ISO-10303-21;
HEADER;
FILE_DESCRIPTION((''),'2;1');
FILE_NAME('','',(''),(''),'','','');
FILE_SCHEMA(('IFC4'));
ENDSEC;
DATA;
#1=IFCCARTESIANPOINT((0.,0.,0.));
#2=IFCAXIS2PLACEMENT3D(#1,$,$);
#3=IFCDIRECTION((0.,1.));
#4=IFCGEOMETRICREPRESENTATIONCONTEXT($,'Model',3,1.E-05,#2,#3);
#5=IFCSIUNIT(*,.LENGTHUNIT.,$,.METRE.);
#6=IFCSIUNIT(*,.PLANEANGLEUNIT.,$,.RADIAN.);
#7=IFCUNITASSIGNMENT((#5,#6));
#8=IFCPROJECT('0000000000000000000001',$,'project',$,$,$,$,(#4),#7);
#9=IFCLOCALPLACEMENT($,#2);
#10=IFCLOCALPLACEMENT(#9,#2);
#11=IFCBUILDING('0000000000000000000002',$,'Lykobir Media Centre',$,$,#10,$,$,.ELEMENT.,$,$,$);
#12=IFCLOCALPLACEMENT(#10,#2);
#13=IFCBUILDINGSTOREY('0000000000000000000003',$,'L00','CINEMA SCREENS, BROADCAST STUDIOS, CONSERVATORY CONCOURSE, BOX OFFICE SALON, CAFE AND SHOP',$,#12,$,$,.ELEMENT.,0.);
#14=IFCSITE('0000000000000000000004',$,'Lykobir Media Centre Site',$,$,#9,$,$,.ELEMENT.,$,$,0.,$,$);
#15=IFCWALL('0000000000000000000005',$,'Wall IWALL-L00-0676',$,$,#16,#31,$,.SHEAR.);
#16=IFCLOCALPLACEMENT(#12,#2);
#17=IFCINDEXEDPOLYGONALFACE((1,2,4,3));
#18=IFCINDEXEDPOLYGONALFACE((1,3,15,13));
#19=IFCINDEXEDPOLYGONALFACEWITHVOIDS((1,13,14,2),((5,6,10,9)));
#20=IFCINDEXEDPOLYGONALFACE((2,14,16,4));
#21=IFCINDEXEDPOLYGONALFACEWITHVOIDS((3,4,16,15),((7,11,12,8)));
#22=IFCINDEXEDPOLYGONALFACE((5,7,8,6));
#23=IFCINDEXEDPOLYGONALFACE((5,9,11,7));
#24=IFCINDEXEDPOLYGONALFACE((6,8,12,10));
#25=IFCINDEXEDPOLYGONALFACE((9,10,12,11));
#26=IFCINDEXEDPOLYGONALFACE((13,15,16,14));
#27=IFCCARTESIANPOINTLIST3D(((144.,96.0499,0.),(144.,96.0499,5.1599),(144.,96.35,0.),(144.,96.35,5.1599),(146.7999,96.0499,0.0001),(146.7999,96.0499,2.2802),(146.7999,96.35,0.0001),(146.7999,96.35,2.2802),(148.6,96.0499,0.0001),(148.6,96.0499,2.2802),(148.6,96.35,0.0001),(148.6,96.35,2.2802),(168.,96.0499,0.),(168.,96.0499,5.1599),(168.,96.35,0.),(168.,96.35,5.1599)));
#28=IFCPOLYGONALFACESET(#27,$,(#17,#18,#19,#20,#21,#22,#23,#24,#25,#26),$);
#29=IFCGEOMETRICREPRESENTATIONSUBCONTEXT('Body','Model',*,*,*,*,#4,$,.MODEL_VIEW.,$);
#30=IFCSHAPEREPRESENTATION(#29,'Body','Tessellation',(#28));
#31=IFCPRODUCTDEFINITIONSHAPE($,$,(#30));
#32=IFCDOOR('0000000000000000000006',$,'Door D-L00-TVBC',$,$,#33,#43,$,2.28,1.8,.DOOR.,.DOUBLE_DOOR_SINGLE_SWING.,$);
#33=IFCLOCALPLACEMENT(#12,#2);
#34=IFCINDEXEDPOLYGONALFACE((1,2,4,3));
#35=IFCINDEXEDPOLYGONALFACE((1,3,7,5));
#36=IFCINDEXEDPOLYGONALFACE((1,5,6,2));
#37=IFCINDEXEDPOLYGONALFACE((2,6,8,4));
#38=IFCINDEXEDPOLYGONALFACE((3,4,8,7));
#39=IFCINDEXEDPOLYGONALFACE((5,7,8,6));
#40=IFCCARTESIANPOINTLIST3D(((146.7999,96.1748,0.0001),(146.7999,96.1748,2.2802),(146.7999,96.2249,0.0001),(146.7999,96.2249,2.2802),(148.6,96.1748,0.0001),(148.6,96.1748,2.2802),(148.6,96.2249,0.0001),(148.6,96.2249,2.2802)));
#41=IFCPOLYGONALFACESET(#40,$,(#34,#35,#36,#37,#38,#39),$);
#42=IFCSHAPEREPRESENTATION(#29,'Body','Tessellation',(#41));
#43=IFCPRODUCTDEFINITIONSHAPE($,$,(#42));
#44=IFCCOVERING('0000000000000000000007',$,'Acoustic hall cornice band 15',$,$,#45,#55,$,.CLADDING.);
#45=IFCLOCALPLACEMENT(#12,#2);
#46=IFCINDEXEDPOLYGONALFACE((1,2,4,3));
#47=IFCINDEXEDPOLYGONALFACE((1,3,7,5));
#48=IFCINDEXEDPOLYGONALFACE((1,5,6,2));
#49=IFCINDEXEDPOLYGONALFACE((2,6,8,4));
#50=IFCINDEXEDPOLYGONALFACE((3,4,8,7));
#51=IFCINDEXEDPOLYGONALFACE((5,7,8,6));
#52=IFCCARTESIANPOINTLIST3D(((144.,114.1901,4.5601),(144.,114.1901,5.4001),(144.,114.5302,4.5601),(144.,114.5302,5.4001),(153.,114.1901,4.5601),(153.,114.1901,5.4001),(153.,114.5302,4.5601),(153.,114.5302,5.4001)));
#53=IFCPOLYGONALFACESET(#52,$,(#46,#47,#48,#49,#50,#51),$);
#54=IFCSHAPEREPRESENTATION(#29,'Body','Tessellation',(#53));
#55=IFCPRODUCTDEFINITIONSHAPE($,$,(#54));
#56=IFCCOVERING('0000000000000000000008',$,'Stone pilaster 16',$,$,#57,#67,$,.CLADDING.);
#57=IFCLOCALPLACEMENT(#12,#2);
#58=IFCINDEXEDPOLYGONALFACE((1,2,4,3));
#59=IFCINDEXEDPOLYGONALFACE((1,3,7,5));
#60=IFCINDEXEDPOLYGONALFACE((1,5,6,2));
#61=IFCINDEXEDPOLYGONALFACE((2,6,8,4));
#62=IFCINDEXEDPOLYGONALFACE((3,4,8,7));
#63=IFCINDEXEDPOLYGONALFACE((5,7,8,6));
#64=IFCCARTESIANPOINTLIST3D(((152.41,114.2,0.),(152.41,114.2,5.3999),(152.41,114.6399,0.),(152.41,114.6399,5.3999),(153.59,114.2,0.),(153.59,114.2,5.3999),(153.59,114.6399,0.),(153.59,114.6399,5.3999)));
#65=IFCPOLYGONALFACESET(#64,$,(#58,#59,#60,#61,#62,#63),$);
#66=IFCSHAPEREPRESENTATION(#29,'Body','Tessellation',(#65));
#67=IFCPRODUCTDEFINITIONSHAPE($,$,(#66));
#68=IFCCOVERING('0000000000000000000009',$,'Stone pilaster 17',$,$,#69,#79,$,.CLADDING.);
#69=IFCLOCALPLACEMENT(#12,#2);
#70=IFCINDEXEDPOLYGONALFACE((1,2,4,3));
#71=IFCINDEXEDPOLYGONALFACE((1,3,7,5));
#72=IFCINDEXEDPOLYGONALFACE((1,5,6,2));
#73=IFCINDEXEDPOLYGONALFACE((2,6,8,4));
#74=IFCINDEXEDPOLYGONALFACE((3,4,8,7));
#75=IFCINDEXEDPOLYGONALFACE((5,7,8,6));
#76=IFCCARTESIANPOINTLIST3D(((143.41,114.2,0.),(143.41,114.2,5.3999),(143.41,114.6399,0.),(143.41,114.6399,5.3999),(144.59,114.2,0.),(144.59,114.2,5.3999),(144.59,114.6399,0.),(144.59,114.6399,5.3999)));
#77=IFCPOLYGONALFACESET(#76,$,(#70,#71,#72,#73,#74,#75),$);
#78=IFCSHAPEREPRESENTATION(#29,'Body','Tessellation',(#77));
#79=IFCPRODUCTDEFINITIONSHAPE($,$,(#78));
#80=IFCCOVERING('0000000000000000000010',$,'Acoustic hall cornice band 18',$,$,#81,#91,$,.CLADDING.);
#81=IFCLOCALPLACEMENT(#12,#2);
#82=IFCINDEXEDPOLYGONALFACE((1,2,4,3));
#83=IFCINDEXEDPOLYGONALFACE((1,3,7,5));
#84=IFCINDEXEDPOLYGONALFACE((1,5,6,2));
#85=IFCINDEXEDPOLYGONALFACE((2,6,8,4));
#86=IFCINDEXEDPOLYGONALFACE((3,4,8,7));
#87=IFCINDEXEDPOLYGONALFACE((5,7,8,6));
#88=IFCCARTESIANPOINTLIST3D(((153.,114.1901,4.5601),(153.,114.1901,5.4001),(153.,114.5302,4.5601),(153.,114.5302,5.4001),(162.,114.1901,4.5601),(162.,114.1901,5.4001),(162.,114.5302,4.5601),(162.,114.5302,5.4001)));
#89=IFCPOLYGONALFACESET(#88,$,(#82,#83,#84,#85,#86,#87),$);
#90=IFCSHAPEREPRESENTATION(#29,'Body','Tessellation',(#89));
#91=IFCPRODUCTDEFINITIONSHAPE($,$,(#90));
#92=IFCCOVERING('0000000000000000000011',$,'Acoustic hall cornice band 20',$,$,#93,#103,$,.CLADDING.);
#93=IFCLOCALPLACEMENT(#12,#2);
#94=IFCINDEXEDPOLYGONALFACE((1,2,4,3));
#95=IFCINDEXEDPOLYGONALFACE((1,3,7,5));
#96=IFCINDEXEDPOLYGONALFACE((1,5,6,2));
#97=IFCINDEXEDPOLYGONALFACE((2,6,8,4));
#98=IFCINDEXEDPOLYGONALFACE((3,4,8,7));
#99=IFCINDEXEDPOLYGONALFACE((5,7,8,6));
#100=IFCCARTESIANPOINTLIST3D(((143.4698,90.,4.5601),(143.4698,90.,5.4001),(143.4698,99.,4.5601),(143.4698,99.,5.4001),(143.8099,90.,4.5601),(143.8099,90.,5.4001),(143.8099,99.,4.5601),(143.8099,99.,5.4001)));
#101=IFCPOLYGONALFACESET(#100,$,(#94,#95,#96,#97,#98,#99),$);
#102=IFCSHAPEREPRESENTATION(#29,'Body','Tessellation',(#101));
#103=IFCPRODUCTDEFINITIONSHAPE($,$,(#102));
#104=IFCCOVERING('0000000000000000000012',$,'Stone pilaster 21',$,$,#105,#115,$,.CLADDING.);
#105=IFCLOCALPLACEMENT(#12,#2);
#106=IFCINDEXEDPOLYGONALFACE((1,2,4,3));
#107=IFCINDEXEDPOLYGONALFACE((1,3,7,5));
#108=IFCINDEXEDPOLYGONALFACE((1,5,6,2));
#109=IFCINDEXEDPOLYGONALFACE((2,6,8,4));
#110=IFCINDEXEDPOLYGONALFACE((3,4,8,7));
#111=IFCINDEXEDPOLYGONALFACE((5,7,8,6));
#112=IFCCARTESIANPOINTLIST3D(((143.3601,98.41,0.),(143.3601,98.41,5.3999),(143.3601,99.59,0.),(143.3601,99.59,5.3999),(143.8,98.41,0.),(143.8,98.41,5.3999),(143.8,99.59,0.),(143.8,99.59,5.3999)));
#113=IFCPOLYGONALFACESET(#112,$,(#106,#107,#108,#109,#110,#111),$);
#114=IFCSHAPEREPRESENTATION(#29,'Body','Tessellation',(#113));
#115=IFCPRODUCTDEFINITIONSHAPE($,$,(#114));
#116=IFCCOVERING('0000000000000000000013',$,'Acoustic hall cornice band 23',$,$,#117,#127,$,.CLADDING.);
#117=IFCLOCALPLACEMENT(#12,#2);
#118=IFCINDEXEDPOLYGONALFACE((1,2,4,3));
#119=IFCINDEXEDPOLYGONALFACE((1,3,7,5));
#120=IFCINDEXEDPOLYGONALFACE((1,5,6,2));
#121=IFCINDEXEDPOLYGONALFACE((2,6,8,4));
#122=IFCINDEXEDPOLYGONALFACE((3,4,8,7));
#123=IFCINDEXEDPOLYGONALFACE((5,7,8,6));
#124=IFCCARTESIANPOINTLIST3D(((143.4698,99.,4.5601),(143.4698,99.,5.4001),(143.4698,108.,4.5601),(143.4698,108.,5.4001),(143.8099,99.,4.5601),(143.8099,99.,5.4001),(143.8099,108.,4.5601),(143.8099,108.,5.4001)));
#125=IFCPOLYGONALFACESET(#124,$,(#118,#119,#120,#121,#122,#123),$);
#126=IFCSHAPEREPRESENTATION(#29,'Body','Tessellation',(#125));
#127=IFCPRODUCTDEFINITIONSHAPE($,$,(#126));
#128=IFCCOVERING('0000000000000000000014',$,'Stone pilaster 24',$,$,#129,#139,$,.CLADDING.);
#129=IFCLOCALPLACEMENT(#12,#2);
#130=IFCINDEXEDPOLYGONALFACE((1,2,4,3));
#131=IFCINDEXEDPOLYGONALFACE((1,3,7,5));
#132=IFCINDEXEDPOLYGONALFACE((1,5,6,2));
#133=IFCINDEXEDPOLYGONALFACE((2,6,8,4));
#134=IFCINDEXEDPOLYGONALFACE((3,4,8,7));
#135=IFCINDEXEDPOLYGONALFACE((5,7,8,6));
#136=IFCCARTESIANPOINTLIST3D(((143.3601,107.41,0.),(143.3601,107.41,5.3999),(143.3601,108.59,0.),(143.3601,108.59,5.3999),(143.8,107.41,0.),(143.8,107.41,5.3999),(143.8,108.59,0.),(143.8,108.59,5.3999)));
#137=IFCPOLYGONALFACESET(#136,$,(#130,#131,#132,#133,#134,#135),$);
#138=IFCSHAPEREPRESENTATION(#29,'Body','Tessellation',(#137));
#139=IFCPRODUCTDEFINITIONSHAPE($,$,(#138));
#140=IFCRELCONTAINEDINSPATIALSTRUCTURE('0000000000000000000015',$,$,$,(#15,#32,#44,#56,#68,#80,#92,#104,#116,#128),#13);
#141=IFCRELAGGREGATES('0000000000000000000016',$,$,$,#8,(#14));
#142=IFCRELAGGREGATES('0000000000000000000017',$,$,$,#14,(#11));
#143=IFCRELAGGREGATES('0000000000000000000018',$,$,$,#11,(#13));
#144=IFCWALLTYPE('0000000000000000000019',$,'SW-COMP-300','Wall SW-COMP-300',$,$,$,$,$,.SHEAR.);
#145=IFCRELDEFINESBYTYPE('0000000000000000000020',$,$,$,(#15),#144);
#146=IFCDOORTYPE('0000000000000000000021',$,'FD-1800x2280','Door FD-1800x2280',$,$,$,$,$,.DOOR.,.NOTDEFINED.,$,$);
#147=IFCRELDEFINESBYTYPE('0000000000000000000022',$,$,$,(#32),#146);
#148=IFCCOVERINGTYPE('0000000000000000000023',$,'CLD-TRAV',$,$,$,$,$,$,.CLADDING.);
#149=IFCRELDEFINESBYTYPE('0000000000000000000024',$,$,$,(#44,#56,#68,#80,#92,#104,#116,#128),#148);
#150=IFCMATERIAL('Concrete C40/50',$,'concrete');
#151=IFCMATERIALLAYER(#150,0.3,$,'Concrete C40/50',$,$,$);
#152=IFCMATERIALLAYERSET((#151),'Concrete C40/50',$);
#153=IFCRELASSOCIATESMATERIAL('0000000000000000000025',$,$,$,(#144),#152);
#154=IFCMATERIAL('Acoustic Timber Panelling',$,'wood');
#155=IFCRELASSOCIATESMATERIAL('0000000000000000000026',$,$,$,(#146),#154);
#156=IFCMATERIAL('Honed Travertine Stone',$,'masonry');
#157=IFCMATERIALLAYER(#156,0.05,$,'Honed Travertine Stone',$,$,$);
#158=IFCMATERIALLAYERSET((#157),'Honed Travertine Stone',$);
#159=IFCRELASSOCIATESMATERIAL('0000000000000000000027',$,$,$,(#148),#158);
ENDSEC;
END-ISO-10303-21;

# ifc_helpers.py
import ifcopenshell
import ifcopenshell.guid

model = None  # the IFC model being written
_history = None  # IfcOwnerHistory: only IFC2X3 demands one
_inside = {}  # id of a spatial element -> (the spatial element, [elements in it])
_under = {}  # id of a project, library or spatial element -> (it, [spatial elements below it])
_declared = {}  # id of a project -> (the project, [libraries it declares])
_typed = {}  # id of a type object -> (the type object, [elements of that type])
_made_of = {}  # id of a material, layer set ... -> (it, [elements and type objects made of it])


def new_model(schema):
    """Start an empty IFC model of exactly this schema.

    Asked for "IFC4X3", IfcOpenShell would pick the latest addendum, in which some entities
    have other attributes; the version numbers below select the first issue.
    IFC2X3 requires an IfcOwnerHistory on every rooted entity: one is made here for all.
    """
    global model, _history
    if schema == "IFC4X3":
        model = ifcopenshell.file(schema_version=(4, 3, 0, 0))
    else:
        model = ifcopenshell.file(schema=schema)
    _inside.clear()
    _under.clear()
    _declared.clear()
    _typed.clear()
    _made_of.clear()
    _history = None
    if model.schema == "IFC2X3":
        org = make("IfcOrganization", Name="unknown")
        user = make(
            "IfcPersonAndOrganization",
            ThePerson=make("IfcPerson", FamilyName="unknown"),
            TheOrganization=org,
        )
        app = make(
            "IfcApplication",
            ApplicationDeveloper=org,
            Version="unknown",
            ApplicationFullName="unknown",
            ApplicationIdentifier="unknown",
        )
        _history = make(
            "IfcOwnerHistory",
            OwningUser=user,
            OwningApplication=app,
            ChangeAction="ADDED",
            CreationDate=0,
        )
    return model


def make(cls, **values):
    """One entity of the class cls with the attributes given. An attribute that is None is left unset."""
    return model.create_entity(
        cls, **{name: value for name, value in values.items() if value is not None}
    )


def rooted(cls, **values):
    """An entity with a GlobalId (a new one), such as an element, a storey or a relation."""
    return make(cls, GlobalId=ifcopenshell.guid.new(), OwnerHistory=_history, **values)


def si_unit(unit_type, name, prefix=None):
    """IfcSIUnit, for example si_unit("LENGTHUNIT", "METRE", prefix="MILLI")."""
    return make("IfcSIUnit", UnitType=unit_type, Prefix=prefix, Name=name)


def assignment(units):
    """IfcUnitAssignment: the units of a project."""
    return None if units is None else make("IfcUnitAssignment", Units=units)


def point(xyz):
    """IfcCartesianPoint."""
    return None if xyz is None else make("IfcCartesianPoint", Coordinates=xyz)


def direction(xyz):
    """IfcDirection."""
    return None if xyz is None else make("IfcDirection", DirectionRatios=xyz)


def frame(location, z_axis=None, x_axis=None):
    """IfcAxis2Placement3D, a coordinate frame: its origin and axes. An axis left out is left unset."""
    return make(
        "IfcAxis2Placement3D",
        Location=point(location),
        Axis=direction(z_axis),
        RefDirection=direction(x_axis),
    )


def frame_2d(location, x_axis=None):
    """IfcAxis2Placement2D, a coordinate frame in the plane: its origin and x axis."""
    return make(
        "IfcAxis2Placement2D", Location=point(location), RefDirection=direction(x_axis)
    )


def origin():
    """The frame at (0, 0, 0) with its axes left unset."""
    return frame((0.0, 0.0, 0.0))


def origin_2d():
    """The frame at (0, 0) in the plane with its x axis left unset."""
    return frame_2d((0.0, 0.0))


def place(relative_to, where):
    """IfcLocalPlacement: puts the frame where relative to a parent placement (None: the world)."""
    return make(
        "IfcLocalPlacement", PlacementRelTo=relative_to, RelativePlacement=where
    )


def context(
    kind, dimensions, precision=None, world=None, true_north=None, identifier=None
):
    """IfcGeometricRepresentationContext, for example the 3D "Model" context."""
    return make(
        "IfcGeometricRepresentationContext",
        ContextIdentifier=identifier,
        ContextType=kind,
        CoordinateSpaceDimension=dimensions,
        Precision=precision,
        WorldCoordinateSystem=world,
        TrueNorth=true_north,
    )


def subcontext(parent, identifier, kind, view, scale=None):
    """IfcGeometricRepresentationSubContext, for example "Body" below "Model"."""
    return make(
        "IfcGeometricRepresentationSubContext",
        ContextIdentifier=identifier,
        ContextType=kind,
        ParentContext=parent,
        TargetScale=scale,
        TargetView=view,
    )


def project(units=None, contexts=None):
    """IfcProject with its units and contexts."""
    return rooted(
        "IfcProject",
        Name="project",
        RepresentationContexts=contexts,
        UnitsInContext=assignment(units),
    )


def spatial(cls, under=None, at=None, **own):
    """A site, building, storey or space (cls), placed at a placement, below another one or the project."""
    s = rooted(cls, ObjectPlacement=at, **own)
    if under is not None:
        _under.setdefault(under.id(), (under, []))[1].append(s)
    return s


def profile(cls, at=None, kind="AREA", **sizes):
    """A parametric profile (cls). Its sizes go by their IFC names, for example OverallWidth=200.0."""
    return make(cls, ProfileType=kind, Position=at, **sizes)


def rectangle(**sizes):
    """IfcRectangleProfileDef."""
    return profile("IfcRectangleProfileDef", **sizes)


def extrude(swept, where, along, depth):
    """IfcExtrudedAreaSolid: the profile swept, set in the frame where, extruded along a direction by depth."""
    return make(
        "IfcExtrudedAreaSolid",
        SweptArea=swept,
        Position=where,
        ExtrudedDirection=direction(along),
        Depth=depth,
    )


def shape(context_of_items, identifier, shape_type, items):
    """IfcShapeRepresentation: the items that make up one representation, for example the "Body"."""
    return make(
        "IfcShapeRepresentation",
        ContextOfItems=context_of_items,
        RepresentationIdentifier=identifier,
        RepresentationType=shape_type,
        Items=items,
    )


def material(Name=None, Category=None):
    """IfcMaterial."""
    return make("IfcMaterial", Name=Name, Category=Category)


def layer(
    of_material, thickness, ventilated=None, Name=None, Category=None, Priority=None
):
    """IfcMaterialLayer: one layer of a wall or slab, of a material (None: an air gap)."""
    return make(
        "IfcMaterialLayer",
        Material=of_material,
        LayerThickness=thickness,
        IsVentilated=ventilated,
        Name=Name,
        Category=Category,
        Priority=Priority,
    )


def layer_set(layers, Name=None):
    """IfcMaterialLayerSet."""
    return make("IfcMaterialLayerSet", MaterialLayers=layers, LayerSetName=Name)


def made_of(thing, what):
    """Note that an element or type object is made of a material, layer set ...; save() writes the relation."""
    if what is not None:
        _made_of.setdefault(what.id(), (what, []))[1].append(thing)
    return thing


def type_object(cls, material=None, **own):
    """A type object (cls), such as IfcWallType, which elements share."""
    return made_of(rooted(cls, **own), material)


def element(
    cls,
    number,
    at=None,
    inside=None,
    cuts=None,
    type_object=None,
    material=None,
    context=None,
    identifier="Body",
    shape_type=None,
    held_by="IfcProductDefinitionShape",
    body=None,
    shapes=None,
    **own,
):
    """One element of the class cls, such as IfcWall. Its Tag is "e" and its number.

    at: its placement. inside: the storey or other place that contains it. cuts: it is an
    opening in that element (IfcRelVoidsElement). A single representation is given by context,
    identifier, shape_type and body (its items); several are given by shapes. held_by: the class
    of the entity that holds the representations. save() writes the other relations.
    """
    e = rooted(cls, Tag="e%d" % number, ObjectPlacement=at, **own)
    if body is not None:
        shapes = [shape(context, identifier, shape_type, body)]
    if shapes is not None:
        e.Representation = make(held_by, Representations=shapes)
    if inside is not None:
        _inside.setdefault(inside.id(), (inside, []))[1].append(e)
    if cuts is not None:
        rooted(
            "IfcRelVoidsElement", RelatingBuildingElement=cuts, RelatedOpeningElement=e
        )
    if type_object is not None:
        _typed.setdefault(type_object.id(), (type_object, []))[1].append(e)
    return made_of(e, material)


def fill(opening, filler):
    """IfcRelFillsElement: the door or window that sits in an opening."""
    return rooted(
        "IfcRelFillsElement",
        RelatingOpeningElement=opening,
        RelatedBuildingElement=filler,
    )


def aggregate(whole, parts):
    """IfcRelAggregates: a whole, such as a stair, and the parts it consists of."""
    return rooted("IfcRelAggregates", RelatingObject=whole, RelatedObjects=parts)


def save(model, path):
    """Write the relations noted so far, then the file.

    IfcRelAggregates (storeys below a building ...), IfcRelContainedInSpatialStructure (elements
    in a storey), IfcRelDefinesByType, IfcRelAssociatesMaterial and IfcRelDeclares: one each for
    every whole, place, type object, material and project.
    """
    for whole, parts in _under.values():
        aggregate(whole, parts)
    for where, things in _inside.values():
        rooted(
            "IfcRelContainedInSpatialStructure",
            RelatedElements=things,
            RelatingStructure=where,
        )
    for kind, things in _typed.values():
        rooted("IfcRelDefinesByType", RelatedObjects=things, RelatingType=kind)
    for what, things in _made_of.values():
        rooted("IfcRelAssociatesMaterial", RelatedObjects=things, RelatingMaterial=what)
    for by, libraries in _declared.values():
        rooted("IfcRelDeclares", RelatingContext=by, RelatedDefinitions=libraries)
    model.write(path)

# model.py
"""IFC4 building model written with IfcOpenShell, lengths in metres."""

from ifc_helpers import new_model, si_unit, direction, frame, frame_2d, origin, origin_2d, place, context, subcontext, project, spatial, rectangle, extrude, material, layer, layer_set, type_object, element, fill, save


model = new_model("IFC4")

# Units and contexts
model_context = context("Model", 3, precision=1e-05, world=origin(), true_north=direction((0.0, 1.0)))
body_context = subcontext(model_context, "Body", "Model", "MODEL_VIEW")
ifc_project = project(units=[si_unit("LENGTHUNIT", "METRE"), si_unit("PLANEANGLEUNIT", "RADIAN")], contexts=[model_context])

# Site, building, storey
site_placement = place(None, origin())
site = spatial("IfcSite", under=ifc_project, at=site_placement, Name="Lykobir Media Centre Site", CompositionType="ELEMENT", RefElevation=0.0)
building_placement = place(site_placement, origin())
building = spatial("IfcBuilding", under=site, at=building_placement, Name="Lykobir Media Centre", CompositionType="ELEMENT")
storey_placement = place(building_placement, origin())
storey = spatial("IfcBuildingStorey", under=building, at=storey_placement, Name="L00", Description="CINEMA SCREENS, BROADCAST STUDIOS, CONSERVATORY CONCOURSE, BOX OFFICE SALON, CAFE AND SHOP", CompositionType="ELEMENT", Elevation=0.0)

# Shared definitions
ifc_material_1 = material(Name="Concrete C40/50", Category="concrete")

# Wall, opening, door
ifc_layer_1 = layer(ifc_material_1, 0.3, Name="Concrete C40/50")
ifc_layer_set_1 = layer_set([ifc_layer_1], Name="Concrete C40/50")
wall_type_1 = type_object("IfcWallType", Name="SW-COMP-300", Description="Wall SW-COMP-300", PredefinedType="SHEAR", material=ifc_layer_set_1)
wall_1_placement = place(storey_placement, frame((144.0, 96.2, 0.0), z_axis=(0.0, 0.0, 1.0), x_axis=(1.0, 0.0, 0.0)))
wall_1 = element("IfcWall", 1, at=wall_1_placement, inside=storey, type_object=wall_type_1, Name="Wall IWALL-L00-0676", PredefinedType="SHEAR", context=body_context, shape_type="SweptSolid", body=[
    extrude(rectangle(XDim=24.0, YDim=0.3, at=frame_2d((12.0, 0.0))), origin(), (0.0, 0.0, 1.0), 5.1599),
])
opening_1_placement = place(wall_1_placement, frame((2.8, 0.0, 0.0)))
opening_1 = element("IfcOpeningElement", 2, at=opening_1_placement, cuts=wall_1, PredefinedType="OPENING", context=body_context, shape_type="SweptSolid", body=[
    extrude(rectangle(XDim=1.8, YDim=2.28, at=frame_2d((0.8999, 1.1401))), frame((0.0, 0.1599, 0.0), z_axis=(0.0, -1.0, 0.0), x_axis=(1.0, 0.0, 0.0)), (0.0, 0.0, 1.0), 0.3201),
])
ifc_material_2 = material(Name="Acoustic Timber Panelling", Category="wood")
door_type_1 = type_object("IfcDoorType", Name="FD-1800x2280", Description="Door FD-1800x2280", OperationType="NOTDEFINED", PredefinedType="DOOR", material=ifc_material_2)
door_1_placement = place(opening_1_placement, origin())
door_1 = element("IfcDoor", 3, at=door_1_placement, inside=storey, type_object=door_type_1, Name="Door D-L00-TVBC", OperationType="DOUBLE_DOOR_SINGLE_SWING", OverallHeight=2.28, OverallWidth=1.8, PredefinedType="DOOR", context=body_context, shape_type="SweptSolid", body=[
    extrude(rectangle(XDim=1.8, YDim=2.28, at=frame_2d((0.8999, 1.1401))), frame((0.0, 0.0249, 0.0), z_axis=(0.0, -1.0, 0.0), x_axis=(1.0, 0.0, 0.0)), (0.0, 0.0, 1.0), 0.05),
])
fill(opening_1, door_1)

# Coverings
ifc_material_3 = material(Name="Honed Travertine Stone", Category="masonry")
ifc_layer_2 = layer(ifc_material_3, 0.05, Name="Honed Travertine Stone")
ifc_layer_set_2 = layer_set([ifc_layer_2], Name="Honed Travertine Stone")
covering_type = type_object("IfcCoveringType", Name="CLD-TRAV", PredefinedType="CLADDING", material=ifc_layer_set_2)
covering_1_placement = place(storey_placement, frame((148.5, 114.3601, 4.5601), z_axis=(0.0, 0.0, 1.0), x_axis=(-1.0, 0.0, 0.0)))
element("IfcCovering", 4, at=covering_1_placement, inside=storey, type_object=covering_type, Name="Acoustic hall cornice band 15", PredefinedType="CLADDING", context=body_context, shape_type="SweptSolid", body=[
    extrude(rectangle(XDim=9.0, YDim=0.3401, at=origin_2d()), origin(), (0.0, 0.0, 1.0), 0.8401),
])
for number, where, z_axis, x_axis, name in (
    (5, (153.0, 114.4199, 0.0), (0.0, 0.0, 1.0), (-1.0, 0.0, 0.0), "Stone pilaster 16"),
    (6, (144.0, 114.4199, 0.0), (0.0, 0.0, 1.0), (-1.0, 0.0, 0.0), "Stone pilaster 17"),
):
    element("IfcCovering", number, at=place(storey_placement, frame(where, z_axis=z_axis, x_axis=x_axis)), inside=storey, type_object=covering_type, Name=name, PredefinedType="CLADDING", context=body_context, shape_type="SweptSolid", body=[
        extrude(rectangle(XDim=1.1799, YDim=0.4399, at=origin_2d()), origin(), (0.0, 0.0, 1.0), 5.3999),
    ])
for number, where, z_axis, x_axis, name in (
    (7, (157.5, 114.3601, 4.5601), (0.0, 0.0, 1.0), (-1.0, 0.0, 0.0), "Acoustic hall cornice band 18"),
    (8, (143.6399, 94.5, 4.5601), (0.0, 0.0, 1.0), (0.0, -1.0, 0.0), "Acoustic hall cornice band 20"),
):
    element("IfcCovering", number, at=place(storey_placement, frame(where, z_axis=z_axis, x_axis=x_axis)), inside=storey, type_object=covering_type, Name=name, PredefinedType="CLADDING", context=body_context, shape_type="SweptSolid", body=[
        extrude(rectangle(XDim=9.0, YDim=0.3401, at=origin_2d()), origin(), (0.0, 0.0, 1.0), 0.8401),
    ])
covering_2_placement = place(storey_placement, frame((143.5801, 99.0, 0.0), z_axis=(0.0, 0.0, 1.0), x_axis=(0.0, -1.0, 0.0)))
element("IfcCovering", 9, at=covering_2_placement, inside=storey, type_object=covering_type, Name="Stone pilaster 21", PredefinedType="CLADDING", context=body_context, shape_type="SweptSolid", body=[
    extrude(rectangle(XDim=1.1799, YDim=0.4399, at=origin_2d()), origin(), (0.0, 0.0, 1.0), 5.3999),
])
covering_3_placement = place(storey_placement, frame((143.6399, 103.5, 4.5601), z_axis=(0.0, 0.0, 1.0), x_axis=(0.0, -1.0, 0.0)))
element("IfcCovering", 10, at=covering_3_placement, inside=storey, type_object=covering_type, Name="Acoustic hall cornice band 23", PredefinedType="CLADDING", context=body_context, shape_type="SweptSolid", body=[
    extrude(rectangle(XDim=9.0, YDim=0.3401, at=origin_2d()), origin(), (0.0, 0.0, 1.0), 0.8401),
])
covering_4_placement = place(storey_placement, frame((143.5801, 108.0, 0.0), z_axis=(0.0, 0.0, 1.0), x_axis=(0.0, -1.0, 0.0)))
element("IfcCovering", 11, at=covering_4_placement, inside=storey, type_object=covering_type, Name="Stone pilaster 24", PredefinedType="CLADDING", context=body_context, shape_type="SweptSolid", body=[
    extrude(rectangle(XDim=1.1799, YDim=0.4399, at=origin_2d()), origin(), (0.0, 0.0, 1.0), 5.3999),
])

save(model, "model.ifc")
